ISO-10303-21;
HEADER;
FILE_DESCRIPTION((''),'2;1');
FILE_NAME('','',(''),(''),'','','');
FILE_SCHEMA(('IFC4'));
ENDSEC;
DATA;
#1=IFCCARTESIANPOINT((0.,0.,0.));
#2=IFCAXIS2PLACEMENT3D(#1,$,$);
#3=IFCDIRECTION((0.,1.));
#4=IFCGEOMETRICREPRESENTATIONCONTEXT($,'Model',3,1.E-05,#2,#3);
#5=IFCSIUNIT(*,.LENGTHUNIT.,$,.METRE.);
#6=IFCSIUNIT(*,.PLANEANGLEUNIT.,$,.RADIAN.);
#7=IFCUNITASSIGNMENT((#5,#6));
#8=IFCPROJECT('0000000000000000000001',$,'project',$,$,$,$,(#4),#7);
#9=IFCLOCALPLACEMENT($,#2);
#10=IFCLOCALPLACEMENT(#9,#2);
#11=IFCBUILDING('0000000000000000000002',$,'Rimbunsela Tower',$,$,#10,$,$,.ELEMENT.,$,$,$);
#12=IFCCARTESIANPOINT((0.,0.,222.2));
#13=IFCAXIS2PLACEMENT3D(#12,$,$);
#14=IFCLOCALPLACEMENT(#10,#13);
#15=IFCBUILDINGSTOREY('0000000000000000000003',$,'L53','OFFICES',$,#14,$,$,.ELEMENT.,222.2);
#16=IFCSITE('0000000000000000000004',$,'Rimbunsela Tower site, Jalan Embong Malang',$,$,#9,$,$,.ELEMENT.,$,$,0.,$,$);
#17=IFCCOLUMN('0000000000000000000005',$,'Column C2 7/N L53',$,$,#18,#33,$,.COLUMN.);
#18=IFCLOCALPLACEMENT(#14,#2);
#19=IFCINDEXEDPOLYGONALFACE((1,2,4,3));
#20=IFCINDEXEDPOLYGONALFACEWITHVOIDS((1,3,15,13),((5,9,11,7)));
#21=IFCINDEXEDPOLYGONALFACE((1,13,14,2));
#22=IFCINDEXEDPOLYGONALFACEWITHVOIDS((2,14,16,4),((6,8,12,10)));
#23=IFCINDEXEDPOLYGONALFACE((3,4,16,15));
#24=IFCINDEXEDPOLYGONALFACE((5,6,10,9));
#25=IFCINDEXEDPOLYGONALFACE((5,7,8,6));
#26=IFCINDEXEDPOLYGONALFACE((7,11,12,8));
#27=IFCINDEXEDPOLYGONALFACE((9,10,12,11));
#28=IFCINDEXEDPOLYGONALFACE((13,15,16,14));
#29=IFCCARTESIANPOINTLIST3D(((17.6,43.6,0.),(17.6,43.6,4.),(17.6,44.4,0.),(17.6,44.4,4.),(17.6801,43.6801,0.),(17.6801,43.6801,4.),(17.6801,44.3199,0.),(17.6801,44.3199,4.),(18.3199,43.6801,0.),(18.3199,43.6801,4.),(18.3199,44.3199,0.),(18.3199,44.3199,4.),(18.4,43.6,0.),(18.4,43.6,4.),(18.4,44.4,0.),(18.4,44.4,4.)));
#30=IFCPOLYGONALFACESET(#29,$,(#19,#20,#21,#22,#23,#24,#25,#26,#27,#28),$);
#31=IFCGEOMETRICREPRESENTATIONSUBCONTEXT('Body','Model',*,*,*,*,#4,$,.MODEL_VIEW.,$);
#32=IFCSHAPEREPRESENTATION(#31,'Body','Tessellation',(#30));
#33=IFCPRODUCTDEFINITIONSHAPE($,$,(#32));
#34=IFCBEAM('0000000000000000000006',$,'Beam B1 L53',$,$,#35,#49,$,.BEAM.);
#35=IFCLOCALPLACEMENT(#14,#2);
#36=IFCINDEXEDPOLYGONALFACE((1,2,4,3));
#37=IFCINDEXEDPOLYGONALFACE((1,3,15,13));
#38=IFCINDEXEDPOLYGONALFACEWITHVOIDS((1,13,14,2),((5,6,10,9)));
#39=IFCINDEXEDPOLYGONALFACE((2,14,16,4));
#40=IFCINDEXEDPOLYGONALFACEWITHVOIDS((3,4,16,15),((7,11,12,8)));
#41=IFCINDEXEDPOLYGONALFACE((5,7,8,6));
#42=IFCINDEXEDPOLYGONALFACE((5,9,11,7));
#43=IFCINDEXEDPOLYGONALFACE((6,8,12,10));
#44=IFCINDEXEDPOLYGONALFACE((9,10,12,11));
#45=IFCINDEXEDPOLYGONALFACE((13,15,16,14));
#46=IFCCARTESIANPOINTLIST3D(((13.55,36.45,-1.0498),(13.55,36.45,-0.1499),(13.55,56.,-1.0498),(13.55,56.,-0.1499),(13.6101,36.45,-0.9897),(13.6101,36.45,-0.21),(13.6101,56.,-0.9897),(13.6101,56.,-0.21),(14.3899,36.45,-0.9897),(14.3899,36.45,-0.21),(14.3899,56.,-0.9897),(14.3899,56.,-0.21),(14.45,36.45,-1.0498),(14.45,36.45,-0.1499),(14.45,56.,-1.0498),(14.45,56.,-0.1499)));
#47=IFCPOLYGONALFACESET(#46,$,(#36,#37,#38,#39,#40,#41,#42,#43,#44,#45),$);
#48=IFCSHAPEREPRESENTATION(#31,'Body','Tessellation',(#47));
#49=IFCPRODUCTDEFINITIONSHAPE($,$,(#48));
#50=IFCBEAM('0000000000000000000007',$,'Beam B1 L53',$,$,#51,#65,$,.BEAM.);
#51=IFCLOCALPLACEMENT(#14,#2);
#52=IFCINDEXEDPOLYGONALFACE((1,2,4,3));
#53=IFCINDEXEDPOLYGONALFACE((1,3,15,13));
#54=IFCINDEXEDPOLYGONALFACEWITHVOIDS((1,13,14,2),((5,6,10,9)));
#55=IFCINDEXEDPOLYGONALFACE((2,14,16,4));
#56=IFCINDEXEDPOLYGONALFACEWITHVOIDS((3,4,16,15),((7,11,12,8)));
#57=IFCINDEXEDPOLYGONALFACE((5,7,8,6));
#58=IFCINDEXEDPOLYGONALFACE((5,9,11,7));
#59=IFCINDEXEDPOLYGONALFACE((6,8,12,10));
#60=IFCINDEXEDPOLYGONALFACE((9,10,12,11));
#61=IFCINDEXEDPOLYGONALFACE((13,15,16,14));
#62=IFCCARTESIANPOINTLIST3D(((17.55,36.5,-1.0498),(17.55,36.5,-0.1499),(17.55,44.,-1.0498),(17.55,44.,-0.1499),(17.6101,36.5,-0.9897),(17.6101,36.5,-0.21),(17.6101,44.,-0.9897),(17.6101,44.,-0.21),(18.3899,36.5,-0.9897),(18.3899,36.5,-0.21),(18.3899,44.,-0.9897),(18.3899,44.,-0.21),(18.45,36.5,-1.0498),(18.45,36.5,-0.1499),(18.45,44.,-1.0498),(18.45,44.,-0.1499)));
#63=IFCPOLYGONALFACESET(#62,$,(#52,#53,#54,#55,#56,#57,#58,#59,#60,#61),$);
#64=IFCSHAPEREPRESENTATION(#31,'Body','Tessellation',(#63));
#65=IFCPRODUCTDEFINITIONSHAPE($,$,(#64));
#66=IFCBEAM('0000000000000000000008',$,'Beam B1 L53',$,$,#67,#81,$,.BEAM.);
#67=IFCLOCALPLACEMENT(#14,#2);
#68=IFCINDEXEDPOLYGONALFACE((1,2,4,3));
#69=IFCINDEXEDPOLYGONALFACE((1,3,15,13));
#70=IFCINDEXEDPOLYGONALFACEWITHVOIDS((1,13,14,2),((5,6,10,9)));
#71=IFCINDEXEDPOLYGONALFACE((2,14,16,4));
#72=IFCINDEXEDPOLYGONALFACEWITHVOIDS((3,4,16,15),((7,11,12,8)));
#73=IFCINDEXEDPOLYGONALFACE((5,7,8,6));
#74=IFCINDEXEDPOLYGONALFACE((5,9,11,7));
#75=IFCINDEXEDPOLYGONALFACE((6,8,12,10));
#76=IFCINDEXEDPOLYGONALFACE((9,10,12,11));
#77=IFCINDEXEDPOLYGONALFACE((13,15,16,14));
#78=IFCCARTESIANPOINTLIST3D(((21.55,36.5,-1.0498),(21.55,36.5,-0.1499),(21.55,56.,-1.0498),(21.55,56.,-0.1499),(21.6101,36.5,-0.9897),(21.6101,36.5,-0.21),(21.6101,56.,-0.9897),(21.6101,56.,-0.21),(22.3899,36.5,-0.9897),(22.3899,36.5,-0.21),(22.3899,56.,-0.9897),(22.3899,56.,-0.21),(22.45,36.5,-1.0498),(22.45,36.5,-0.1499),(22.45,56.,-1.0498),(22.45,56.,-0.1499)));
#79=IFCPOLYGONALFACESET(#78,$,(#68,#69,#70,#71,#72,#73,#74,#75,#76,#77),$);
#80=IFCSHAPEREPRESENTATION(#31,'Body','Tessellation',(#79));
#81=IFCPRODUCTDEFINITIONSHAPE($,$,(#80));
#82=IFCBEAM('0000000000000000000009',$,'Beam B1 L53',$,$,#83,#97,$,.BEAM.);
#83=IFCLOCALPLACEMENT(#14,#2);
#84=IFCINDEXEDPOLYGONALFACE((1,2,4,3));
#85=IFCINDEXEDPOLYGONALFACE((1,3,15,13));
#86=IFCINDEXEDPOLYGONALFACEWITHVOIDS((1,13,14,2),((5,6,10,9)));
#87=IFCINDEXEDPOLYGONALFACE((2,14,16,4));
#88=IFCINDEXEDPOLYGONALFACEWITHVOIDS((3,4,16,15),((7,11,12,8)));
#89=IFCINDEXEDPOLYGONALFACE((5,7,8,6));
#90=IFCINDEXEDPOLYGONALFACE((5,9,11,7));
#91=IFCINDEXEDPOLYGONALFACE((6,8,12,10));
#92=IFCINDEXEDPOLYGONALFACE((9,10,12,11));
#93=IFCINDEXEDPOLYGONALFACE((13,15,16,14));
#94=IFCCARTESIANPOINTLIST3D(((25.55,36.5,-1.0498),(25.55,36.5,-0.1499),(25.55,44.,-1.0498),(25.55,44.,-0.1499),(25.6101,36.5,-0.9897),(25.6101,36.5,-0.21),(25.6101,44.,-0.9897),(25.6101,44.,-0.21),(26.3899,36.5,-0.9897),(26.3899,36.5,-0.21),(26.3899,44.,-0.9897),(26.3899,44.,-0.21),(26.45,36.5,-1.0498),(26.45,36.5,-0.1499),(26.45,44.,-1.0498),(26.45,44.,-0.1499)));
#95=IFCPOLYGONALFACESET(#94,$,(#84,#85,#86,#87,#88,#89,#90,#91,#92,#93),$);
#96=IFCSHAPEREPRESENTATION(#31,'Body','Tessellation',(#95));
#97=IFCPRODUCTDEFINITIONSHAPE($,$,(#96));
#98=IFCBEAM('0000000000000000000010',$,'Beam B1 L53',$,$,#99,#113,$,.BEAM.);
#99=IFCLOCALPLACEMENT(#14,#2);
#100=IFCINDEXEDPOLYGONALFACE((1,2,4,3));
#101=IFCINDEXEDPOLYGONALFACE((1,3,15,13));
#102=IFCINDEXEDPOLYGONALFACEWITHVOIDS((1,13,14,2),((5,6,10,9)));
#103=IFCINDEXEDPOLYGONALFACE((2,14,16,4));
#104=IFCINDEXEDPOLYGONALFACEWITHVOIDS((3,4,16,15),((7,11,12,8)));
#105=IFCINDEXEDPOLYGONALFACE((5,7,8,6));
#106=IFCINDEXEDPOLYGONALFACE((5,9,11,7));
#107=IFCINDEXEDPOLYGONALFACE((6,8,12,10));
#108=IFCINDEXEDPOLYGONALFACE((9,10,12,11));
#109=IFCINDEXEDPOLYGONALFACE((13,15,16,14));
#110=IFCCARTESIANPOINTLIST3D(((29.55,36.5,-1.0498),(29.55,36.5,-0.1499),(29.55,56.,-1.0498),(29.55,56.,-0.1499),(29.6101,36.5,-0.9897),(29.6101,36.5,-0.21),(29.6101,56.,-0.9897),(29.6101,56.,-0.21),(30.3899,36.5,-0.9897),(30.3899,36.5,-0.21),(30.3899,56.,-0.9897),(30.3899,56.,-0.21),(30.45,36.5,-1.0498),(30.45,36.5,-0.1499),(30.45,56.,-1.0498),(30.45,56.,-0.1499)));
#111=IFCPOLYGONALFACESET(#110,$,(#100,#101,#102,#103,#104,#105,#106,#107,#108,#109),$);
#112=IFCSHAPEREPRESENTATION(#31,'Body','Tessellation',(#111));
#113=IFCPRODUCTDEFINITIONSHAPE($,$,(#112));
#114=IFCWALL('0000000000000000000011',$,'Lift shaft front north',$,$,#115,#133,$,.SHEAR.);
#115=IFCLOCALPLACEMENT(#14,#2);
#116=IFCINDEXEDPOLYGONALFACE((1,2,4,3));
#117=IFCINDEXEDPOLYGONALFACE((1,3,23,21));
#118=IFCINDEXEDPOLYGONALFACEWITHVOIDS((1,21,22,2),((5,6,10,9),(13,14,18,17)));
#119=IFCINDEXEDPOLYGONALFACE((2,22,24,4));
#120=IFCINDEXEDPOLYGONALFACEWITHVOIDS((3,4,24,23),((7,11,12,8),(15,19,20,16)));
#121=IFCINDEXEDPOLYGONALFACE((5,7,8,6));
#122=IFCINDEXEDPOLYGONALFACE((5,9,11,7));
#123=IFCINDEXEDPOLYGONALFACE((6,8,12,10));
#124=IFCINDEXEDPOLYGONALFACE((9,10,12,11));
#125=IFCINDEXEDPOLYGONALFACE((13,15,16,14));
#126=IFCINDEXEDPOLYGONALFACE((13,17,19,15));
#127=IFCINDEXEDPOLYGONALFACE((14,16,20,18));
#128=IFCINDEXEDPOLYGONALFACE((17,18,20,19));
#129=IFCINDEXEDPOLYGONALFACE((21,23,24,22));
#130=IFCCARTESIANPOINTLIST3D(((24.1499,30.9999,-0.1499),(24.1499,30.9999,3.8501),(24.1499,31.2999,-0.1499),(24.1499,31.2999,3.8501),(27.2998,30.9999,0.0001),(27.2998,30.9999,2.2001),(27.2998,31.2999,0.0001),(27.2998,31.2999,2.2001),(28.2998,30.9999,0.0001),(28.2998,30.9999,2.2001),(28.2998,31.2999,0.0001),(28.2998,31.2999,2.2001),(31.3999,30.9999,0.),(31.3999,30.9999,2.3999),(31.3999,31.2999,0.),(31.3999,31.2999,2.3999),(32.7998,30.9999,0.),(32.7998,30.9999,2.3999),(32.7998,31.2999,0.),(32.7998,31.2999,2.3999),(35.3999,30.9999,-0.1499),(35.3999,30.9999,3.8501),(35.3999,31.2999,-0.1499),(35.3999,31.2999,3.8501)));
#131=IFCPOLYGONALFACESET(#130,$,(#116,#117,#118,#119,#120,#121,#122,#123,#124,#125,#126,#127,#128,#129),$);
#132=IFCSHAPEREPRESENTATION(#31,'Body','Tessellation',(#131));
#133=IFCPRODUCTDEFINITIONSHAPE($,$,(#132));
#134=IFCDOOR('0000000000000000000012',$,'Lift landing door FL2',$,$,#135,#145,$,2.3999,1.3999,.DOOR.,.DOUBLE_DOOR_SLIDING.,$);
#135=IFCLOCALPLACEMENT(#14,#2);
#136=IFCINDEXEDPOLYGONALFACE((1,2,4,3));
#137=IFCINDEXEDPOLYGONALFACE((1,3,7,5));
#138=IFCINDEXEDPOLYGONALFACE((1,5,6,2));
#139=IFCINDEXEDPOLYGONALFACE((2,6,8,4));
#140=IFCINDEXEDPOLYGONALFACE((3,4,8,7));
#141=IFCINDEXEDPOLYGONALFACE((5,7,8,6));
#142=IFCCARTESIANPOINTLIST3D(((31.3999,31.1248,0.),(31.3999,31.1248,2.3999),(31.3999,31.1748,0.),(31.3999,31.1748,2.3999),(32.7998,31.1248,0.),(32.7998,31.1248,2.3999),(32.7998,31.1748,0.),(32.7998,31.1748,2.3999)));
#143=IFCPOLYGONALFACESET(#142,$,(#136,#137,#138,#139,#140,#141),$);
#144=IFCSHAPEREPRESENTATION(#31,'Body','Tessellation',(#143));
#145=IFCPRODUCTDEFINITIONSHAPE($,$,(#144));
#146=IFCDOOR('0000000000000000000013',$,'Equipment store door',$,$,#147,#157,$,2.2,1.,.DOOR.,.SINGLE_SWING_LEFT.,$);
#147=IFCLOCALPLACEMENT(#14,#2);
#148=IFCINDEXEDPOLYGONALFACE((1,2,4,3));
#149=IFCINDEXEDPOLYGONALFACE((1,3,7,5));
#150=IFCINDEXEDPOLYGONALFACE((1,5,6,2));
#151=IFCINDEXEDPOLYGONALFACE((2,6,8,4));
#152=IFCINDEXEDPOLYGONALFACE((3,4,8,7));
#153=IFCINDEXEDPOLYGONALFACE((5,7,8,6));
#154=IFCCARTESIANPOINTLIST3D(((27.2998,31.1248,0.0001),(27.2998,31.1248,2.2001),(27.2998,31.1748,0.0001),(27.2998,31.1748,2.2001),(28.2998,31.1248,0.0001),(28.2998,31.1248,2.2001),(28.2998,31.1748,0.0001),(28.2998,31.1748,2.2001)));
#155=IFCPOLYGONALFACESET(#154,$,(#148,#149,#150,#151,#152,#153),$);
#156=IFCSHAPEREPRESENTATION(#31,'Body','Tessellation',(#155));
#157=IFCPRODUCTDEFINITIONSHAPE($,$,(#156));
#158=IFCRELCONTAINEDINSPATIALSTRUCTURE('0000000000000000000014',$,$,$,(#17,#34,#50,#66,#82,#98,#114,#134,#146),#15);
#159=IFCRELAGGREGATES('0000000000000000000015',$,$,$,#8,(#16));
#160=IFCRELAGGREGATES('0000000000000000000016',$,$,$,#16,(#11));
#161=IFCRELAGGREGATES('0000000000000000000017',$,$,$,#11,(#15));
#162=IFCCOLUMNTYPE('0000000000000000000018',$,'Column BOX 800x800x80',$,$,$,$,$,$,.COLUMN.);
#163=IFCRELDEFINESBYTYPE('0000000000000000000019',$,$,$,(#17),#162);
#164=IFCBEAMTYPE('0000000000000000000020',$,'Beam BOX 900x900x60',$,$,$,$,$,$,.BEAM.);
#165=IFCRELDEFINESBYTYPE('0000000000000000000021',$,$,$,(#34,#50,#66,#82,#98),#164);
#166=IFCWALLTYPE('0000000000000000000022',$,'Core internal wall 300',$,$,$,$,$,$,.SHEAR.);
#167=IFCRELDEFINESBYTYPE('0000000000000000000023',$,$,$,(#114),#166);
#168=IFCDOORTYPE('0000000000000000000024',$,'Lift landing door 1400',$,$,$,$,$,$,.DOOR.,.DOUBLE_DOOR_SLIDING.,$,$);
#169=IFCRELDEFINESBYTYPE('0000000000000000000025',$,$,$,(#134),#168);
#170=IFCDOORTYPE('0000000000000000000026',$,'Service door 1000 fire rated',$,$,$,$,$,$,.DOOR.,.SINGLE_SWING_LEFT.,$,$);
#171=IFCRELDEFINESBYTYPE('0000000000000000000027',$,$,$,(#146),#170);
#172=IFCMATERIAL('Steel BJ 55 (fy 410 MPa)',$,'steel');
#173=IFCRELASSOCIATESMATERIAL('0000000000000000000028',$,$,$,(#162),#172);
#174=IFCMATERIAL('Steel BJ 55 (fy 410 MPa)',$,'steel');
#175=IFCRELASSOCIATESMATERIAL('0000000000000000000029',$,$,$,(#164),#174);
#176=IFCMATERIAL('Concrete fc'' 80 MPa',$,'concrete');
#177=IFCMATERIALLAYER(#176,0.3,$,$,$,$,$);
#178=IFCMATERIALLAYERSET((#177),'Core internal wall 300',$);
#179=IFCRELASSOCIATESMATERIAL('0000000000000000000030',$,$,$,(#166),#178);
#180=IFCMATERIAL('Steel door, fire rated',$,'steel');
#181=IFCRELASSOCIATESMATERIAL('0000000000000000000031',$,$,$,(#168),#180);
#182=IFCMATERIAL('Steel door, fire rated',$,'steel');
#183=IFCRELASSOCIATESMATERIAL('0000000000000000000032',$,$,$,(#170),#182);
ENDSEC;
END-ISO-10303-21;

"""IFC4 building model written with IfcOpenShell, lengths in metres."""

from ifc_helpers import new_model, si_unit, direction, frame, frame_2d, origin, origin_2d, place, context, subcontext, project, spatial, rectangle, hollow_rectangle, extrude, material, layer, layer_set, material_profile, profile_set, type_object, element, fill, save


model = new_model("IFC4")

# Units and contexts
model_context = context("Model", 3, precision=1e-05, world=origin(), true_north=direction((0.0, 1.0)))
body_context = subcontext(model_context, "Body", "Model", "MODEL_VIEW")
ifc_project = project(units=[si_unit("LENGTHUNIT", "METRE"), si_unit("PLANEANGLEUNIT", "RADIAN")], contexts=[model_context])

# Site, building, storey
site_placement = place(None, origin())
site = spatial("IfcSite", under=ifc_project, at=site_placement, Name="Rimbunsela Tower site, Jalan Embong Malang", CompositionType="ELEMENT", RefElevation=0.0)
building_placement = place(site_placement, origin())
building = spatial("IfcBuilding", under=site, at=building_placement, Name="Rimbunsela Tower", CompositionType="ELEMENT")
storey_placement = place(building_placement, frame((0.0, 0.0, 222.2)))
storey = spatial("IfcBuildingStorey", under=building, at=storey_placement, Name="L53", Description="OFFICES", CompositionType="ELEMENT", Elevation=222.2)

# Column
ifc_material_1 = material(Name="Steel BJ 55 (fy 410 MPa)", Category="steel")
ifc_material_profile_1 = material_profile(ifc_material_1, hollow_rectangle(XDim=0.8, YDim=0.8, WallThickness=0.0801, at=origin_2d()), Name="BOX 800x800x80")
ifc_profile_set_1 = profile_set([ifc_material_profile_1], Name="Steel BJ 55 (fy 410 MPa)")
column_type = type_object("IfcColumnType", Name="Column BOX 800x800x80", PredefinedType="COLUMN", material=ifc_profile_set_1)
column_placement = place(storey_placement, frame((18.0, 44.0, 0.0), z_axis=(0.0, 0.0, 1.0), x_axis=(1.0, 0.0, 0.0)))
element("IfcColumn", 1, at=column_placement, inside=storey, type_object=column_type, Name="Column C2 7/N L53", PredefinedType="COLUMN", context=body_context, shape_type="SweptSolid", body=[
    extrude(hollow_rectangle(XDim=0.8, YDim=0.8, WallThickness=0.0801, at=origin_2d()), origin(), (0.0, 0.0, 1.0), 4.0),
])

# Beams
ifc_material_2 = material(Name="Steel BJ 55 (fy 410 MPa)", Category="steel")
ifc_material_profile_2 = material_profile(ifc_material_2, hollow_rectangle(XDim=0.8999, YDim=0.8999, WallThickness=0.0601, at=origin_2d()), Name="BOX 900x900x60")
ifc_profile_set_2 = profile_set([ifc_material_profile_2], Name="Steel BJ 55 (fy 410 MPa)")
beam_type = type_object("IfcBeamType", Name="Beam BOX 900x900x60", PredefinedType="BEAM", material=ifc_profile_set_2)
beam_1_placement = place(storey_placement, frame((14.0, 36.45, -0.5999), z_axis=(0.0, 1.0, 0.0), x_axis=(-1.0, 0.0, 0.0)))
element("IfcBeam", 2, at=beam_1_placement, inside=storey, type_object=beam_type, Name="Beam B1 L53", PredefinedType="BEAM", context=body_context, shape_type="SweptSolid", body=[
    extrude(hollow_rectangle(XDim=0.8999, YDim=0.8999, WallThickness=0.0601, at=origin_2d()), origin(), (0.0, 0.0, 1.0), 19.55),
])
beam_2_placement = place(storey_placement, frame((18.0, 36.5, -0.5999), z_axis=(0.0, 1.0, 0.0), x_axis=(-1.0, 0.0, 0.0)))
element("IfcBeam", 3, at=beam_2_placement, inside=storey, type_object=beam_type, Name="Beam B1 L53", PredefinedType="BEAM", context=body_context, shape_type="SweptSolid", body=[
    extrude(hollow_rectangle(XDim=0.8999, YDim=0.8999, WallThickness=0.0601, at=origin_2d()), origin(), (0.0, 0.0, 1.0), 7.5),
])
beam_3_placement = place(storey_placement, frame((22.0, 36.5, -0.5999), z_axis=(0.0, 1.0, 0.0), x_axis=(-1.0, 0.0, 0.0)))
element("IfcBeam", 4, at=beam_3_placement, inside=storey, type_object=beam_type, Name="Beam B1 L53", PredefinedType="BEAM", context=body_context, shape_type="SweptSolid", body=[
    extrude(hollow_rectangle(XDim=0.8999, YDim=0.8999, WallThickness=0.0601, at=origin_2d()), origin(), (0.0, 0.0, 1.0), 19.5),
])
beam_4_placement = place(storey_placement, frame((26.0, 36.5, -0.5999), z_axis=(0.0, 1.0, 0.0), x_axis=(-1.0, 0.0, 0.0)))
element("IfcBeam", 5, at=beam_4_placement, inside=storey, type_object=beam_type, Name="Beam B1 L53", PredefinedType="BEAM", context=body_context, shape_type="SweptSolid", body=[
    extrude(hollow_rectangle(XDim=0.8999, YDim=0.8999, WallThickness=0.0601, at=origin_2d()), origin(), (0.0, 0.0, 1.0), 7.5),
])
beam_5_placement = place(storey_placement, frame((30.0, 36.5, -0.5999), z_axis=(0.0, 1.0, 0.0), x_axis=(-1.0, 0.0, 0.0)))
element("IfcBeam", 6, at=beam_5_placement, inside=storey, type_object=beam_type, Name="Beam B1 L53", PredefinedType="BEAM", context=body_context, shape_type="SweptSolid", body=[
    extrude(hollow_rectangle(XDim=0.8999, YDim=0.8999, WallThickness=0.0601, at=origin_2d()), origin(), (0.0, 0.0, 1.0), 19.5),
])

# Wall, openings, doors
ifc_material_3 = material(Name="Concrete fc' 80 MPa", Category="concrete")
ifc_layer_1 = layer(ifc_material_3, 0.3)
ifc_layer_set_1 = layer_set([ifc_layer_1], Name="Core internal wall 300")
wall_type_1 = type_object("IfcWallType", Name="Core internal wall 300", PredefinedType="SHEAR", material=ifc_layer_set_1)
wall_1_placement = place(storey_placement, frame((24.1499, 31.1499, -0.1499), z_axis=(0.0, 0.0, 1.0), x_axis=(1.0, 0.0, 0.0)))
wall_1 = element("IfcWall", 7, at=wall_1_placement, inside=storey, type_object=wall_type_1, Name="Lift shaft front north", PredefinedType="SHEAR", context=body_context, shape_type="SweptSolid", body=[
    extrude(rectangle(XDim=11.25, YDim=0.3, at=frame_2d((5.625, 0.0))), origin(), (0.0, 0.0, 1.0), 4.0),
])
opening_1_placement = place(wall_1_placement, frame((3.1499, 0.0, 0.1499)))
opening_1 = element("IfcOpeningElement", 8, at=opening_1_placement, cuts=wall_1, PredefinedType="OPENING", context=body_context, shape_type="SweptSolid", body=[
    extrude(rectangle(XDim=1.0, YDim=2.2, at=frame_2d((0.5, 1.1001))), frame((0.0, 0.1599, 0.0), z_axis=(0.0, -1.0, 0.0), x_axis=(1.0, 0.0, 0.0)), (0.0, 0.0, 1.0), 0.3201),
])
opening_2_placement = place(wall_1_placement, frame((7.25, 0.0, 0.1499)))
opening_2 = element("IfcOpeningElement", 9, at=opening_2_placement, cuts=wall_1, PredefinedType="OPENING", context=body_context, shape_type="SweptSolid", body=[
    extrude(rectangle(XDim=1.3999, YDim=2.3999, at=frame_2d((0.7, 1.2))), frame((0.0, 0.1599, 0.0), z_axis=(0.0, -1.0, 0.0), x_axis=(1.0, 0.0, 0.0)), (0.0, 0.0, 1.0), 0.3201),
])
ifc_material_4 = material(Name="Steel door, fire rated", Category="steel")
door_type_1 = type_object("IfcDoorType", Name="Lift landing door 1400", OperationType="DOUBLE_DOOR_SLIDING", PredefinedType="DOOR", material=ifc_material_4)
door_1_placement = place(opening_2_placement, origin())
door_1 = element("IfcDoor", 10, at=door_1_placement, inside=storey, type_object=door_type_1, Name="Lift landing door FL2", OperationType="DOUBLE_DOOR_SLIDING", OverallHeight=2.3999, OverallWidth=1.3999, PredefinedType="DOOR", context=body_context, shape_type="SweptSolid", body=[
    extrude(rectangle(XDim=1.3999, YDim=2.3999, at=frame_2d((0.7, 1.2))), frame((0.0, 0.0249, 0.0), z_axis=(0.0, -1.0, 0.0), x_axis=(1.0, 0.0, 0.0)), (0.0, 0.0, 1.0), 0.05),
])
fill(opening_2, door_1)
ifc_material_5 = material(Name="Steel door, fire rated", Category="steel")
door_type_2 = type_object("IfcDoorType", Name="Service door 1000 fire rated", OperationType="SINGLE_SWING_LEFT", PredefinedType="DOOR", material=ifc_material_5)
door_2_placement = place(opening_1_placement, origin())
door_2 = element("IfcDoor", 11, at=door_2_placement, inside=storey, type_object=door_type_2, Name="Equipment store door", OperationType="SINGLE_SWING_LEFT", OverallHeight=2.2, OverallWidth=1.0, PredefinedType="DOOR", context=body_context, shape_type="SweptSolid", body=[
    extrude(rectangle(XDim=1.0, YDim=2.2, at=frame_2d((0.5, 1.1001))), frame((0.0, 0.0249, 0.0), z_axis=(0.0, -1.0, 0.0), x_axis=(1.0, 0.0, 0.0)), (0.0, 0.0, 1.0), 0.05),
])
fill(opening_1, door_2)

save(model, "model.ifc")
